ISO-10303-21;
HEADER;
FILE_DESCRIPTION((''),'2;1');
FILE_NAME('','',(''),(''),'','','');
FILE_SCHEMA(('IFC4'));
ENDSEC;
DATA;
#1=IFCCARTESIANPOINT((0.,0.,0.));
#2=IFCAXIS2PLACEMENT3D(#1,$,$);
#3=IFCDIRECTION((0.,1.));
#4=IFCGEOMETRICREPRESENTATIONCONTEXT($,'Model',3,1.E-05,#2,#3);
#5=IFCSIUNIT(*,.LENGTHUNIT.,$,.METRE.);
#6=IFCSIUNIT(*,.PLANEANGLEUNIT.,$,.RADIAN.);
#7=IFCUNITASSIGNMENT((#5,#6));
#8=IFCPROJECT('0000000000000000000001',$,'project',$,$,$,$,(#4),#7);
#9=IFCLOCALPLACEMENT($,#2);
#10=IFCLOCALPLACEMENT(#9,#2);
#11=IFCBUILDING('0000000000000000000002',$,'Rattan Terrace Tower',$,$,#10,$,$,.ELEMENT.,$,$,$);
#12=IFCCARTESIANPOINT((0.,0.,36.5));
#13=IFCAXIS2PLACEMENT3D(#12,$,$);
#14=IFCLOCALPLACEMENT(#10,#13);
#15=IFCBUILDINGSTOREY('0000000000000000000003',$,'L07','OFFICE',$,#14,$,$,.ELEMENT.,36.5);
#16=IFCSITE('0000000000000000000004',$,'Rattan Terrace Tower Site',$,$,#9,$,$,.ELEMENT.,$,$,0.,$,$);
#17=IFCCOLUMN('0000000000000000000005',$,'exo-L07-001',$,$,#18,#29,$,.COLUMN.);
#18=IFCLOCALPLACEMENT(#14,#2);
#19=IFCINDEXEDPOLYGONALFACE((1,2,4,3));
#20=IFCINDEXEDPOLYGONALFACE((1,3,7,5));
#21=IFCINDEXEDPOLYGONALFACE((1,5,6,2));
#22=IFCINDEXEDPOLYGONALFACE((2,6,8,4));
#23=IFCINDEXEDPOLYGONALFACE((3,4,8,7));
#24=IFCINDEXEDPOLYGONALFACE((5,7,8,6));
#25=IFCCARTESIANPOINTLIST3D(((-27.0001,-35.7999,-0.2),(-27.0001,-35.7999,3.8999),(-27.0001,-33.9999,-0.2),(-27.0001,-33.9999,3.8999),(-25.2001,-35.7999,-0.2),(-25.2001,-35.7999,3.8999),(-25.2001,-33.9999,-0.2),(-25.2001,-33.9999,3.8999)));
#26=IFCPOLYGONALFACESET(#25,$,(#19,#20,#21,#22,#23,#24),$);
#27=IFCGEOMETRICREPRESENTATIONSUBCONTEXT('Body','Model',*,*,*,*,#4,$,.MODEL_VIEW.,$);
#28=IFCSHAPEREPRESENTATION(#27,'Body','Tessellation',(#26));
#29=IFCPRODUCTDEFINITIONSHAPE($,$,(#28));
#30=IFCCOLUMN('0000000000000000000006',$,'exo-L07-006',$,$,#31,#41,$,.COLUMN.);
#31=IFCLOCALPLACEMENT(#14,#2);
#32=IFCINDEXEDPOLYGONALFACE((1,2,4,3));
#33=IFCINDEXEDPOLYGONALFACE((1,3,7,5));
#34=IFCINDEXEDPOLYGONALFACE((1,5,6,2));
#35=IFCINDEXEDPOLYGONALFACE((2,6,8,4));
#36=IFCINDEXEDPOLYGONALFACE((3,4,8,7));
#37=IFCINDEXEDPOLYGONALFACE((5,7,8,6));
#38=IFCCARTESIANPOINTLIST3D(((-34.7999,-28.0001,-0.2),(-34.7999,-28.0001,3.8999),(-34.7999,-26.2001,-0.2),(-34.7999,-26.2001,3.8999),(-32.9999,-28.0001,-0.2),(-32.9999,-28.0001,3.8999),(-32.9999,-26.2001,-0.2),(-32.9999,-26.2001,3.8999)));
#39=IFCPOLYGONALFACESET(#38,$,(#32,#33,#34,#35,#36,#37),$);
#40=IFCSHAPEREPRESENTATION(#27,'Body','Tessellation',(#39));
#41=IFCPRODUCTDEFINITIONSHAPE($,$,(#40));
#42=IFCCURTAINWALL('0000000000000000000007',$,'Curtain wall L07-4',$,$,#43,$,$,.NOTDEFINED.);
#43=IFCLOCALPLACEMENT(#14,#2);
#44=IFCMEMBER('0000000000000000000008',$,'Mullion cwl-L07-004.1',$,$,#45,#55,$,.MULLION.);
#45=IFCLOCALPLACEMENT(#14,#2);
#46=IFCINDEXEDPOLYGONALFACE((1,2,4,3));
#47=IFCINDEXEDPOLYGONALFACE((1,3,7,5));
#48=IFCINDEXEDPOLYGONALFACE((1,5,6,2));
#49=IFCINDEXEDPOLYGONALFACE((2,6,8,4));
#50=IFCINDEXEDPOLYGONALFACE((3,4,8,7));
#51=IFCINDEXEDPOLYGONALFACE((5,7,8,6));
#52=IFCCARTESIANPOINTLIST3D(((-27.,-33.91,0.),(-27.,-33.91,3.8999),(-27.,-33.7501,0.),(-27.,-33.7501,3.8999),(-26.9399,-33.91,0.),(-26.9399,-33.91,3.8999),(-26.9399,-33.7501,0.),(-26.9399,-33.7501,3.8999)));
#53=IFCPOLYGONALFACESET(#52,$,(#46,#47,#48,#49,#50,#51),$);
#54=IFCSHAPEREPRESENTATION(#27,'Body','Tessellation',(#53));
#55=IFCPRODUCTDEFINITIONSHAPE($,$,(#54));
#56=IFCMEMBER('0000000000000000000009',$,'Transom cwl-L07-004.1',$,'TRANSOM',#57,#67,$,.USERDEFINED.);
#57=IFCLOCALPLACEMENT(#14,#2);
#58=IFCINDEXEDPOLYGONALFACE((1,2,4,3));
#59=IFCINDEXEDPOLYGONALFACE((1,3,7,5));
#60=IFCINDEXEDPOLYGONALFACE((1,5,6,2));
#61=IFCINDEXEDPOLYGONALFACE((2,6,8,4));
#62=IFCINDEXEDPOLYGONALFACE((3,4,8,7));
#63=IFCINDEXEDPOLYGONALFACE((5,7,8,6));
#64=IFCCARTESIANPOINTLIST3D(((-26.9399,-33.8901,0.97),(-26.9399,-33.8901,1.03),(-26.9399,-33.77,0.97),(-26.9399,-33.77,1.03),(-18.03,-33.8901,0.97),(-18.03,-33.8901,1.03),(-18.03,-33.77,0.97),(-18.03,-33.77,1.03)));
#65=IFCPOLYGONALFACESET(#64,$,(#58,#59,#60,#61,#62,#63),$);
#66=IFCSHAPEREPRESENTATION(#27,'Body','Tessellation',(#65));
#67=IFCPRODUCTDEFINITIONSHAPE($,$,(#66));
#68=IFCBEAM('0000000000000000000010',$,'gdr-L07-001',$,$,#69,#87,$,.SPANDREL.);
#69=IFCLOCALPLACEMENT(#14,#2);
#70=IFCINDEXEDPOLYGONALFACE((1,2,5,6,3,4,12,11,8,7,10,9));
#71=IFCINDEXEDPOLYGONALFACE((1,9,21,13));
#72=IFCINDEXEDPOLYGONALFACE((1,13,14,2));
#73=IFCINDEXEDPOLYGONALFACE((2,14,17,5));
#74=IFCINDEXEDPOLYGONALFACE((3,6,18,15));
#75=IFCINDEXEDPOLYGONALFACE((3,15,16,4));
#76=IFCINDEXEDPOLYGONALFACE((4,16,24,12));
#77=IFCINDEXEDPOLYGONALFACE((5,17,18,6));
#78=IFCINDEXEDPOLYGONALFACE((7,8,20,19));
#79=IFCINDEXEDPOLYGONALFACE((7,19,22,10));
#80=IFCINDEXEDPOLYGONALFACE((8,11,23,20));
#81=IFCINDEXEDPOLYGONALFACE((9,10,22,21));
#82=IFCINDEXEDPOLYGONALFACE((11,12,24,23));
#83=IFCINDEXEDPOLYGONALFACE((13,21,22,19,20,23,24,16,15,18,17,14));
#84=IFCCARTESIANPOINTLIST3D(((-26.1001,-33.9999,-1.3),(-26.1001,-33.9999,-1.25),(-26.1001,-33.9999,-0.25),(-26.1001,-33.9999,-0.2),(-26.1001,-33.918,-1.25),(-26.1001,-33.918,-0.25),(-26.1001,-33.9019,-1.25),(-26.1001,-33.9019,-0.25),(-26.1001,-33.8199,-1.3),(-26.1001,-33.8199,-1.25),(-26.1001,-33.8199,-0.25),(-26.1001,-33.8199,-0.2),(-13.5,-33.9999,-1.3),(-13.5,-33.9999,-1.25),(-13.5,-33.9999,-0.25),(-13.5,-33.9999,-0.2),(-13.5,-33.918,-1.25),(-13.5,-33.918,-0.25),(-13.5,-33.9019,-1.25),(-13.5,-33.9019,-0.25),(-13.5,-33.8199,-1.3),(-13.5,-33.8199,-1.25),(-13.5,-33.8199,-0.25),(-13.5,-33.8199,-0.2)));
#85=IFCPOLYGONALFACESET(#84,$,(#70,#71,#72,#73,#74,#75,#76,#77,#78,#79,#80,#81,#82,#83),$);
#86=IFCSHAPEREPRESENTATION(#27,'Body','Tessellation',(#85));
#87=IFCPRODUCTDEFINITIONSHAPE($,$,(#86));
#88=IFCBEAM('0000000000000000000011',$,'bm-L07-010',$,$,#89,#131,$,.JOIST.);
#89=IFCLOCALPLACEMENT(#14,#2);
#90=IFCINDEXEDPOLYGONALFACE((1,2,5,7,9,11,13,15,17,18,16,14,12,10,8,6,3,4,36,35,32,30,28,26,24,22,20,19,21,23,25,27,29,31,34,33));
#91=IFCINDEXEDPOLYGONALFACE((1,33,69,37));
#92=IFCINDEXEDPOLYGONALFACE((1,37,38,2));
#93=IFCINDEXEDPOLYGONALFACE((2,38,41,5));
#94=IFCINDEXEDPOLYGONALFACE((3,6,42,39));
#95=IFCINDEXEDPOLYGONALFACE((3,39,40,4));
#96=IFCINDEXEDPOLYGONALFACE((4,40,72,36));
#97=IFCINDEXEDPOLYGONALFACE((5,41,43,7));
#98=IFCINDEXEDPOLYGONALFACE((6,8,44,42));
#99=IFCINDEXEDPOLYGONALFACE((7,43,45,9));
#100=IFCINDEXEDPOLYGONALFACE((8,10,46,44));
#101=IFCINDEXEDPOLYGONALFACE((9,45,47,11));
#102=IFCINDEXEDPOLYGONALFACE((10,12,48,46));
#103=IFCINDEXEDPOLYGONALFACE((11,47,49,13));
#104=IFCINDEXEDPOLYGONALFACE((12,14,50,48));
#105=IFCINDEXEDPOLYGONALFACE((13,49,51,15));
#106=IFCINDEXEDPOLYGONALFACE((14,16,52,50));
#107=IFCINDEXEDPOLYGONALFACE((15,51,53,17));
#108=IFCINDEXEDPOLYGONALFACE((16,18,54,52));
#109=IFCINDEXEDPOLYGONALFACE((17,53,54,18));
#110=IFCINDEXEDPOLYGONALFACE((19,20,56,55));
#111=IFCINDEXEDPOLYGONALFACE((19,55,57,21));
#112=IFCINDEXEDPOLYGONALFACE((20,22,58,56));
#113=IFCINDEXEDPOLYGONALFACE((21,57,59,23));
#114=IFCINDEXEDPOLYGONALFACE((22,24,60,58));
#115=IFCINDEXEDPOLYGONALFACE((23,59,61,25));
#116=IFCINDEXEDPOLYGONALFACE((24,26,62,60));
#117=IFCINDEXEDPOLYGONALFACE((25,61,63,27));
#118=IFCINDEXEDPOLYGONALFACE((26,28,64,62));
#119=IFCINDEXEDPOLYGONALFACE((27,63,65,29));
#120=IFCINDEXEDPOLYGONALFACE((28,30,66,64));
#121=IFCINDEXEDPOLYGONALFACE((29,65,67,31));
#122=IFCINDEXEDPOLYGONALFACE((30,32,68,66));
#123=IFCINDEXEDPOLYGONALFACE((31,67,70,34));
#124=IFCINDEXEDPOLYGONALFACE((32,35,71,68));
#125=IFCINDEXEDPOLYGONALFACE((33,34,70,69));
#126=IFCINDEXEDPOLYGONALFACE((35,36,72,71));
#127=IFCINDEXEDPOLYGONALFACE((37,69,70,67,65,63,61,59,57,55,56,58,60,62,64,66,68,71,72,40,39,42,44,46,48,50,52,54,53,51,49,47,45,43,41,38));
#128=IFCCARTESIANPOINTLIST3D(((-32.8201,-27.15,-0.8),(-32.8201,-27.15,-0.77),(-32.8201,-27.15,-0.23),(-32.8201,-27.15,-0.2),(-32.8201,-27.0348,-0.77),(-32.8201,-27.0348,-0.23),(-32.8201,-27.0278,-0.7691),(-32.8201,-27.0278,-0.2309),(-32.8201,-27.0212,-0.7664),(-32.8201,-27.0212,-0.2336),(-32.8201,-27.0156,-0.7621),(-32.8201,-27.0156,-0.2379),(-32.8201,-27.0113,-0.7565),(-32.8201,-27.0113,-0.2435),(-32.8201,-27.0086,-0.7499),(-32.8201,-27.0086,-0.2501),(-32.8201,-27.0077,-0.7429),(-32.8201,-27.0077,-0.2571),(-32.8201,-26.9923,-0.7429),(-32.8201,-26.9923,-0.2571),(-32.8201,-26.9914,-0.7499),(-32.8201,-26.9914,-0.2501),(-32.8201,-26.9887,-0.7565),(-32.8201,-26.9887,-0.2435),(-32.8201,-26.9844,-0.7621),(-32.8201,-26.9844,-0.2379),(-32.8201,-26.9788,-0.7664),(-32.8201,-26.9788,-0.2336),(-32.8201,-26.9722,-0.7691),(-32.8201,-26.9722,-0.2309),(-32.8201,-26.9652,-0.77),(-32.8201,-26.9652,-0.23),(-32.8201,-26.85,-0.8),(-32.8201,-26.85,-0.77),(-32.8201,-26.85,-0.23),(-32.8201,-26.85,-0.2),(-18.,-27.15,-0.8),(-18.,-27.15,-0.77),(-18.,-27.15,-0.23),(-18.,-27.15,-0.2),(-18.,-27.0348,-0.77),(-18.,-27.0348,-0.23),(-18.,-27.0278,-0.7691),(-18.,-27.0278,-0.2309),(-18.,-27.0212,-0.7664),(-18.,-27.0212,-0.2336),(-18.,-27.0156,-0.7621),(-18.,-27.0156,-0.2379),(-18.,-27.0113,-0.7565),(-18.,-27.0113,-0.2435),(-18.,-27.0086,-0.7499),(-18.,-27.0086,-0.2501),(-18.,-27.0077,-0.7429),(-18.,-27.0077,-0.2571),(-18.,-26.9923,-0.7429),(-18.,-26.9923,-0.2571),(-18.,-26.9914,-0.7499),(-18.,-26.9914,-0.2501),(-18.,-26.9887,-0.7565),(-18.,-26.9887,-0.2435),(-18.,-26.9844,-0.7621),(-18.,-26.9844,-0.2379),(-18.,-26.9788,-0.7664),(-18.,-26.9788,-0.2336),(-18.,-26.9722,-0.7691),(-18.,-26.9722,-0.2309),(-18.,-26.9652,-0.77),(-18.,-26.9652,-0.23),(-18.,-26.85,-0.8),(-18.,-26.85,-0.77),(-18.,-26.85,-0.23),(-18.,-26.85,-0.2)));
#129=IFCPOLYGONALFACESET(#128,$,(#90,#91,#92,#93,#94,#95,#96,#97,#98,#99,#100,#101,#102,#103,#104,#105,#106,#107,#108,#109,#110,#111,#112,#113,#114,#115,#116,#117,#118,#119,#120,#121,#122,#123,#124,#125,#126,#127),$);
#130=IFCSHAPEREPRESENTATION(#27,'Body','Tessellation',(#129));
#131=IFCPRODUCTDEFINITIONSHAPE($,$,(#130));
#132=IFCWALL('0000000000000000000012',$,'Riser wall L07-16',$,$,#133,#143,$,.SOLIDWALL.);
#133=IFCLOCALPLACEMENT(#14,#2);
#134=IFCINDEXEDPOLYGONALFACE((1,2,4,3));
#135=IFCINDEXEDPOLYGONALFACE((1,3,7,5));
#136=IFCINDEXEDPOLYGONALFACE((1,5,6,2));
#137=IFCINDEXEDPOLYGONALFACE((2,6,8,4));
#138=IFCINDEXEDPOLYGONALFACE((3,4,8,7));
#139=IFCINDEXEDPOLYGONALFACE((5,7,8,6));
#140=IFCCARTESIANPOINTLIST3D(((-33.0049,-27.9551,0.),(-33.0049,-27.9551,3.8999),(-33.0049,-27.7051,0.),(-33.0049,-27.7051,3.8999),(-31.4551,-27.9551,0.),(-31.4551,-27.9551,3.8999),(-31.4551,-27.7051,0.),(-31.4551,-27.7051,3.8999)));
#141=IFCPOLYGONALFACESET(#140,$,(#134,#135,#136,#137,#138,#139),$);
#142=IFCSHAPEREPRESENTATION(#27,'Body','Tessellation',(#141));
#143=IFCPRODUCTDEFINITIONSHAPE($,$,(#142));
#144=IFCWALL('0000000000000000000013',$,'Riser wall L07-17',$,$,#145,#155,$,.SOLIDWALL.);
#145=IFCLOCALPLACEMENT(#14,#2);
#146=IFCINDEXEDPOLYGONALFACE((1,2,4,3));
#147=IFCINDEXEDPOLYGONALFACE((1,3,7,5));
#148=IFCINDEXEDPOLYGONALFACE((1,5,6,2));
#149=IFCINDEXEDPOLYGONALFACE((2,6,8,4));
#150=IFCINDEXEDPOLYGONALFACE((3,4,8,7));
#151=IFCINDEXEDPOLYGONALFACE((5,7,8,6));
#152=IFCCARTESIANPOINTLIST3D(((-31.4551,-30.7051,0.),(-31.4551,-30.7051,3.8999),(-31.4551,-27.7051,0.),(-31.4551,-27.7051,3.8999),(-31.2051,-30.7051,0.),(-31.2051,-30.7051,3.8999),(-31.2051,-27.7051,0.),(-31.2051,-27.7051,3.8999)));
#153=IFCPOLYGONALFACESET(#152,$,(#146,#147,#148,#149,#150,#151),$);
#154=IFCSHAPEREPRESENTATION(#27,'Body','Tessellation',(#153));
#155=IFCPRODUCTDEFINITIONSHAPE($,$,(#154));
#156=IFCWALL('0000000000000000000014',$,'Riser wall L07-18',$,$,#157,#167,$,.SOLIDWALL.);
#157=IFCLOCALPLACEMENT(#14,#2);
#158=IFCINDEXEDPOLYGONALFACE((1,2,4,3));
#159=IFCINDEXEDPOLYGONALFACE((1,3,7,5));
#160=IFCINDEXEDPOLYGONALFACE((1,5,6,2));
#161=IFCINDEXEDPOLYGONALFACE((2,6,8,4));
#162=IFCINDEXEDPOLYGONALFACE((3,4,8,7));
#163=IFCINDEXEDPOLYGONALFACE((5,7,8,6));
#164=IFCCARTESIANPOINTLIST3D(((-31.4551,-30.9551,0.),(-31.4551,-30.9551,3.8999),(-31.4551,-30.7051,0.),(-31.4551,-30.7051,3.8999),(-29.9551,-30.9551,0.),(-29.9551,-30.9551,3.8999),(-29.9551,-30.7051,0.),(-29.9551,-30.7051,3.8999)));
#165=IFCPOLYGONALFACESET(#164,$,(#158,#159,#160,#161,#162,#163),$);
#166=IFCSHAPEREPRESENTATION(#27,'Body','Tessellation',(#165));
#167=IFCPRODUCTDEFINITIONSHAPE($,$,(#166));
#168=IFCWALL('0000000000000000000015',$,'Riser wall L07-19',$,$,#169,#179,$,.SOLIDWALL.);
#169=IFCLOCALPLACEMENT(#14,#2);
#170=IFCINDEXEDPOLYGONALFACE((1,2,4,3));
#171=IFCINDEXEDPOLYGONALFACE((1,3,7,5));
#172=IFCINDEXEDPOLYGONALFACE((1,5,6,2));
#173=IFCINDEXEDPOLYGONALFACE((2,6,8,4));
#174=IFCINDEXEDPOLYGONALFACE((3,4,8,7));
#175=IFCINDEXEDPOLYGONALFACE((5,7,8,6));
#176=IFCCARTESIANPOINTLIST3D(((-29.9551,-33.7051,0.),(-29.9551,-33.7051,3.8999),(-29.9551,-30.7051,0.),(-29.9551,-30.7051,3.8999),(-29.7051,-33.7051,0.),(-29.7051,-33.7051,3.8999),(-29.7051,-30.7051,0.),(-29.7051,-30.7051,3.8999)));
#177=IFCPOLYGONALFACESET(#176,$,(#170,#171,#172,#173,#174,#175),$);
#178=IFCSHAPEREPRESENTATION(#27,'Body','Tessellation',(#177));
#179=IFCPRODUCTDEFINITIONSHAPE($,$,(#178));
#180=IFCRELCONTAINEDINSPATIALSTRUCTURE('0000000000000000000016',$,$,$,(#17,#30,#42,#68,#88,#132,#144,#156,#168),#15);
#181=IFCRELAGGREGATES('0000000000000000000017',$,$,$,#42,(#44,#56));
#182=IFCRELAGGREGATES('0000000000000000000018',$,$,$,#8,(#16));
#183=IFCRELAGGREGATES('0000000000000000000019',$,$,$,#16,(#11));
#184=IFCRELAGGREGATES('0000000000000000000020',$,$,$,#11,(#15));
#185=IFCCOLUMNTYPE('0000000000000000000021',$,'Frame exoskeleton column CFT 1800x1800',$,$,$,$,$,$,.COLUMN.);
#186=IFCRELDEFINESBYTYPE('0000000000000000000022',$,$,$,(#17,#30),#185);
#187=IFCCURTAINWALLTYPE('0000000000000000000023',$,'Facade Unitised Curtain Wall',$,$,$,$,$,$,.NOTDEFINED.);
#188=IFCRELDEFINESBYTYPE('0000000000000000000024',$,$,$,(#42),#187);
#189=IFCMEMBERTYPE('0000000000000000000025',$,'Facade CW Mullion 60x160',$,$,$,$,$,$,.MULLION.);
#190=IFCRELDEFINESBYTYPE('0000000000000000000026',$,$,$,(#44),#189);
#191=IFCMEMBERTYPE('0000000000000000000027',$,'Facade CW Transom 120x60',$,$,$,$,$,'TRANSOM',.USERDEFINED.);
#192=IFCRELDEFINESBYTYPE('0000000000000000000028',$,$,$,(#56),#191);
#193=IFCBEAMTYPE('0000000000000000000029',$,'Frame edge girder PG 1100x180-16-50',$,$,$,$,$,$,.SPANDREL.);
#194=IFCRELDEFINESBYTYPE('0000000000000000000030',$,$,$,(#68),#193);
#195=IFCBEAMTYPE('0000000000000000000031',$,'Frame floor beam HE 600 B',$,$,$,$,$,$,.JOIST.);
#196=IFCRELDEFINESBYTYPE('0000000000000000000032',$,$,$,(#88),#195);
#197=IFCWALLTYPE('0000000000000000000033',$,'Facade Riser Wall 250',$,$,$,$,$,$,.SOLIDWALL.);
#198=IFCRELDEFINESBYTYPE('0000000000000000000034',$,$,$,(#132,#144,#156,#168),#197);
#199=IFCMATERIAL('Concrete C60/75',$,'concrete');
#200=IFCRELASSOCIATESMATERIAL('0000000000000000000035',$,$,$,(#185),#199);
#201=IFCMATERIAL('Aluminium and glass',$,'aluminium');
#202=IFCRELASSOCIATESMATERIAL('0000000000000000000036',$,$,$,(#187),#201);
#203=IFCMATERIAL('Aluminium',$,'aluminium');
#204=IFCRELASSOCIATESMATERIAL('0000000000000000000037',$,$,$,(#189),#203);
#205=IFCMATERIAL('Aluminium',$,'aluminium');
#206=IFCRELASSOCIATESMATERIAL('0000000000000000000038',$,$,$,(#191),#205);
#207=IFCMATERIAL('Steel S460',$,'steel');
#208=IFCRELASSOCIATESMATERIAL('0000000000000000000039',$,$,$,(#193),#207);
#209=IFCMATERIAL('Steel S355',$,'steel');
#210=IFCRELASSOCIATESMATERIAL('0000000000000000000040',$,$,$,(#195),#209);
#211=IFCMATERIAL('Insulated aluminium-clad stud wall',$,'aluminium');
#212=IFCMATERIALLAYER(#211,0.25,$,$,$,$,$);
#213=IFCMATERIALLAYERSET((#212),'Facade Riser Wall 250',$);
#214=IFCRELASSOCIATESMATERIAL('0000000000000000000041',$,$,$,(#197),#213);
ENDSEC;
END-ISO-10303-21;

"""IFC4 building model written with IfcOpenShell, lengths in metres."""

from ifc_helpers import new_model, si_unit, direction, frame, frame_2d, origin, origin_2d, place, context, subcontext, project, spatial, rectangle, i_section, extrude, material, layer, layer_set, material_profile, profile_set, type_object, element, aggregate, save


model = new_model("IFC4")

# Units and contexts
model_context = context("Model", 3, precision=1e-05, world=origin(), true_north=direction((0.0, 1.0)))
body_context = subcontext(model_context, "Body", "Model", "MODEL_VIEW")
ifc_project = project(units=[si_unit("LENGTHUNIT", "METRE"), si_unit("PLANEANGLEUNIT", "RADIAN")], contexts=[model_context])

# Site, building, storey
site_placement = place(None, origin())
site = spatial("IfcSite", under=ifc_project, at=site_placement, Name="Rattan Terrace Tower Site", CompositionType="ELEMENT", RefElevation=0.0)
building_placement = place(site_placement, origin())
building = spatial("IfcBuilding", under=site, at=building_placement, Name="Rattan Terrace Tower", CompositionType="ELEMENT")
storey_placement = place(building_placement, frame((0.0, 0.0, 36.5)))
storey = spatial("IfcBuildingStorey", under=building, at=storey_placement, Name="L07", Description="OFFICE", CompositionType="ELEMENT", Elevation=36.5)

# Columns
ifc_material_1 = material(Name="Concrete C60/75", Category="concrete")
ifc_material_profile_1 = material_profile(ifc_material_1, rectangle(XDim=1.8, YDim=1.8, at=origin_2d()), Name="CFT 1800x1800")
ifc_profile_set_1 = profile_set([ifc_material_profile_1], Name="Concrete C60/75")
column_type = type_object("IfcColumnType", Name="Frame exoskeleton column CFT 1800x1800", PredefinedType="COLUMN", material=ifc_profile_set_1)
for number, where, z_axis, x_axis, name in (
    (1, (-26.1001, -34.8999, -0.2), (0.0, 0.0, 1.0), (1.0, 0.0, 0.0), "exo-L07-001"),
    (2, (-33.8999, -27.1001, -0.2), (0.0, 0.0, 1.0), (0.0, 1.0, 0.0), "exo-L07-006"),
):
    element("IfcColumn", number, at=place(storey_placement, frame(where, z_axis=z_axis, x_axis=x_axis)), inside=storey, type_object=column_type, Name=name, PredefinedType="COLUMN", context=body_context, shape_type="SweptSolid", body=[
        extrude(rectangle(XDim=1.8, YDim=1.8, at=origin_2d()), origin(), (0.0, 0.0, 1.0), 4.0999),
    ])

# Curtain wall, members
ifc_material_2 = material(Name="Aluminium and glass", Category="aluminium")
curtain_wall_type = type_object("IfcCurtainWallType", Name="Facade Unitised Curtain Wall", PredefinedType="NOTDEFINED", material=ifc_material_2)
curtain_wall_placement = place(storey_placement, origin())
curtain_wall = element("IfcCurtainWall", 3, at=curtain_wall_placement, inside=storey, type_object=curtain_wall_type, Name="Curtain wall L07-4", PredefinedType="NOTDEFINED")
ifc_material_3 = material(Name="Aluminium", Category="aluminium")
ifc_material_profile_2 = material_profile(ifc_material_3, rectangle(XDim=0.0601, YDim=0.1599, at=origin_2d()), Name="Aluminium 60x160")
ifc_profile_set_2 = profile_set([ifc_material_profile_2], Name="Aluminium")
member_type_1 = type_object("IfcMemberType", Name="Facade CW Mullion 60x160", PredefinedType="MULLION", material=ifc_profile_set_2)
member_1_placement = place(storey_placement, frame((-26.97, -33.8301, 0.0), z_axis=(0.0, 0.0, 1.0), x_axis=(1.0, 0.0, 0.0)))
member_1 = element("IfcMember", 4, at=member_1_placement, type_object=member_type_1, Name="Mullion cwl-L07-004.1", PredefinedType="MULLION", context=body_context, shape_type="SweptSolid", body=[
    extrude(rectangle(XDim=0.0601, YDim=0.1599, at=origin_2d()), origin(), (0.0, 0.0, 1.0), 3.8999),
])
ifc_material_4 = material(Name="Aluminium", Category="aluminium")
ifc_material_profile_3 = material_profile(ifc_material_4, rectangle(XDim=0.1201, YDim=0.0601, at=origin_2d()), Name="Aluminium 120x60")
ifc_profile_set_3 = profile_set([ifc_material_profile_3], Name="Aluminium")
member_type_2 = type_object("IfcMemberType", Name="Facade CW Transom 120x60", ElementType="TRANSOM", PredefinedType="USERDEFINED", material=ifc_profile_set_3)
member_2_placement = place(storey_placement, frame((-26.9399, -33.8301, 1.0), z_axis=(1.0, 0.0, 0.0), x_axis=(0.0, 1.0, 0.0)))
member_2 = element("IfcMember", 5, at=member_2_placement, type_object=member_type_2, Name="Transom cwl-L07-004.1", ObjectType="TRANSOM", PredefinedType="USERDEFINED", context=body_context, shape_type="SweptSolid", body=[
    extrude(rectangle(XDim=0.1201, YDim=0.0601, at=origin_2d()), origin(), (0.0, 0.0, 1.0), 8.9099),
])
aggregate(curtain_wall, [member_1, member_2])

# Beams
ifc_material_5 = material(Name="Steel S460", Category="steel")
ifc_material_profile_4 = material_profile(ifc_material_5, i_section(OverallWidth=0.1799, OverallDepth=1.1001, WebThickness=0.0161, FlangeThickness=0.05, at=origin_2d()), Name="PG 1100x180-16-50")
ifc_profile_set_4 = profile_set([ifc_material_profile_4], Name="Steel S460")
beam_type_1 = type_object("IfcBeamType", Name="Frame edge girder PG 1100x180-16-50", PredefinedType="SPANDREL", material=ifc_profile_set_4)
beam_1_placement = place(storey_placement, frame((-26.1001, -33.9099, -0.75), z_axis=(1.0, 0.0, 0.0), x_axis=(0.0, 1.0, 0.0)))
element("IfcBeam", 6, at=beam_1_placement, inside=storey, type_object=beam_type_1, Name="gdr-L07-001", PredefinedType="SPANDREL", context=body_context, shape_type="SweptSolid", body=[
    extrude(i_section(OverallWidth=0.1799, OverallDepth=1.1001, WebThickness=0.0161, FlangeThickness=0.05, at=origin_2d()), origin(), (0.0, 0.0, 1.0), 12.6001),
])
ifc_material_6 = material(Name="Steel S355", Category="steel")
ifc_material_profile_5 = material_profile(ifc_material_6, i_section(OverallWidth=0.3, OverallDepth=0.6001, WebThickness=0.0154, FlangeThickness=0.03, FilletRadius=0.0271, at=origin_2d()), Name="HE 600 B")
ifc_profile_set_5 = profile_set([ifc_material_profile_5], Name="Steel S355")
beam_type_2 = type_object("IfcBeamType", Name="Frame floor beam HE 600 B", PredefinedType="JOIST", material=ifc_profile_set_5)
beam_2_placement = place(storey_placement, frame((-32.8201, -27.0, -0.5), z_axis=(1.0, 0.0, 0.0), x_axis=(0.0, 1.0, 0.0)))
element("IfcBeam", 7, at=beam_2_placement, inside=storey, type_object=beam_type_2, Name="bm-L07-010", PredefinedType="JOIST", context=body_context, shape_type="SweptSolid", body=[
    extrude(i_section(OverallWidth=0.3, OverallDepth=0.6001, WebThickness=0.0154, FlangeThickness=0.03, FilletRadius=0.0271, at=origin_2d()), origin(), (0.0, 0.0, 1.0), 14.8201),
])

# Walls
ifc_material_7 = material(Name="Insulated aluminium-clad stud wall", Category="aluminium")
ifc_layer_1 = layer(ifc_material_7, 0.25)
ifc_layer_set_1 = layer_set([ifc_layer_1], Name="Facade Riser Wall 250")
wall_type_1 = type_object("IfcWallType", Name="Facade Riser Wall 250", PredefinedType="SOLIDWALL", material=ifc_layer_set_1)
wall_1_placement = place(storey_placement, frame((-33.0049, -27.8301, 0.0), z_axis=(0.0, 0.0, 1.0), x_axis=(1.0, 0.0, 0.0)))
element("IfcWall", 8, at=wall_1_placement, inside=storey, type_object=wall_type_1, Name="Riser wall L07-16", PredefinedType="SOLIDWALL", context=body_context, shape_type="SweptSolid", body=[
    extrude(rectangle(XDim=1.5498, YDim=0.25, at=frame_2d((0.7749, 0.0))), origin(), (0.0, 0.0, 1.0), 3.8999),
])
wall_2_placement = place(storey_placement, frame((-31.3301, -27.7051, 0.0), z_axis=(0.0, 0.0, 1.0), x_axis=(0.0, -1.0, 0.0)))
element("IfcWall", 9, at=wall_2_placement, inside=storey, type_object=wall_type_1, Name="Riser wall L07-17", PredefinedType="SOLIDWALL", context=body_context, shape_type="SweptSolid", body=[
    extrude(rectangle(XDim=3.0, YDim=0.25, at=frame_2d((1.5, 0.0))), origin(), (0.0, 0.0, 1.0), 3.8999),
])
wall_3_placement = place(storey_placement, frame((-31.4551, -30.8301, 0.0), z_axis=(0.0, 0.0, 1.0), x_axis=(1.0, 0.0, 0.0)))
element("IfcWall", 10, at=wall_3_placement, inside=storey, type_object=wall_type_1, Name="Riser wall L07-18", PredefinedType="SOLIDWALL", context=body_context, shape_type="SweptSolid", body=[
    extrude(rectangle(XDim=1.5, YDim=0.25, at=frame_2d((0.75, 0.0))), origin(), (0.0, 0.0, 1.0), 3.8999),
])
wall_4_placement = place(storey_placement, frame((-29.8301, -30.7051, 0.0), z_axis=(0.0, 0.0, 1.0), x_axis=(0.0, -1.0, 0.0)))
element("IfcWall", 11, at=wall_4_placement, inside=storey, type_object=wall_type_1, Name="Riser wall L07-19", PredefinedType="SOLIDWALL", context=body_context, shape_type="SweptSolid", body=[
    extrude(rectangle(XDim=3.0, YDim=0.25, at=frame_2d((1.5, 0.0))), origin(), (0.0, 0.0, 1.0), 3.8999),
])

save(model, "model.ifc")
